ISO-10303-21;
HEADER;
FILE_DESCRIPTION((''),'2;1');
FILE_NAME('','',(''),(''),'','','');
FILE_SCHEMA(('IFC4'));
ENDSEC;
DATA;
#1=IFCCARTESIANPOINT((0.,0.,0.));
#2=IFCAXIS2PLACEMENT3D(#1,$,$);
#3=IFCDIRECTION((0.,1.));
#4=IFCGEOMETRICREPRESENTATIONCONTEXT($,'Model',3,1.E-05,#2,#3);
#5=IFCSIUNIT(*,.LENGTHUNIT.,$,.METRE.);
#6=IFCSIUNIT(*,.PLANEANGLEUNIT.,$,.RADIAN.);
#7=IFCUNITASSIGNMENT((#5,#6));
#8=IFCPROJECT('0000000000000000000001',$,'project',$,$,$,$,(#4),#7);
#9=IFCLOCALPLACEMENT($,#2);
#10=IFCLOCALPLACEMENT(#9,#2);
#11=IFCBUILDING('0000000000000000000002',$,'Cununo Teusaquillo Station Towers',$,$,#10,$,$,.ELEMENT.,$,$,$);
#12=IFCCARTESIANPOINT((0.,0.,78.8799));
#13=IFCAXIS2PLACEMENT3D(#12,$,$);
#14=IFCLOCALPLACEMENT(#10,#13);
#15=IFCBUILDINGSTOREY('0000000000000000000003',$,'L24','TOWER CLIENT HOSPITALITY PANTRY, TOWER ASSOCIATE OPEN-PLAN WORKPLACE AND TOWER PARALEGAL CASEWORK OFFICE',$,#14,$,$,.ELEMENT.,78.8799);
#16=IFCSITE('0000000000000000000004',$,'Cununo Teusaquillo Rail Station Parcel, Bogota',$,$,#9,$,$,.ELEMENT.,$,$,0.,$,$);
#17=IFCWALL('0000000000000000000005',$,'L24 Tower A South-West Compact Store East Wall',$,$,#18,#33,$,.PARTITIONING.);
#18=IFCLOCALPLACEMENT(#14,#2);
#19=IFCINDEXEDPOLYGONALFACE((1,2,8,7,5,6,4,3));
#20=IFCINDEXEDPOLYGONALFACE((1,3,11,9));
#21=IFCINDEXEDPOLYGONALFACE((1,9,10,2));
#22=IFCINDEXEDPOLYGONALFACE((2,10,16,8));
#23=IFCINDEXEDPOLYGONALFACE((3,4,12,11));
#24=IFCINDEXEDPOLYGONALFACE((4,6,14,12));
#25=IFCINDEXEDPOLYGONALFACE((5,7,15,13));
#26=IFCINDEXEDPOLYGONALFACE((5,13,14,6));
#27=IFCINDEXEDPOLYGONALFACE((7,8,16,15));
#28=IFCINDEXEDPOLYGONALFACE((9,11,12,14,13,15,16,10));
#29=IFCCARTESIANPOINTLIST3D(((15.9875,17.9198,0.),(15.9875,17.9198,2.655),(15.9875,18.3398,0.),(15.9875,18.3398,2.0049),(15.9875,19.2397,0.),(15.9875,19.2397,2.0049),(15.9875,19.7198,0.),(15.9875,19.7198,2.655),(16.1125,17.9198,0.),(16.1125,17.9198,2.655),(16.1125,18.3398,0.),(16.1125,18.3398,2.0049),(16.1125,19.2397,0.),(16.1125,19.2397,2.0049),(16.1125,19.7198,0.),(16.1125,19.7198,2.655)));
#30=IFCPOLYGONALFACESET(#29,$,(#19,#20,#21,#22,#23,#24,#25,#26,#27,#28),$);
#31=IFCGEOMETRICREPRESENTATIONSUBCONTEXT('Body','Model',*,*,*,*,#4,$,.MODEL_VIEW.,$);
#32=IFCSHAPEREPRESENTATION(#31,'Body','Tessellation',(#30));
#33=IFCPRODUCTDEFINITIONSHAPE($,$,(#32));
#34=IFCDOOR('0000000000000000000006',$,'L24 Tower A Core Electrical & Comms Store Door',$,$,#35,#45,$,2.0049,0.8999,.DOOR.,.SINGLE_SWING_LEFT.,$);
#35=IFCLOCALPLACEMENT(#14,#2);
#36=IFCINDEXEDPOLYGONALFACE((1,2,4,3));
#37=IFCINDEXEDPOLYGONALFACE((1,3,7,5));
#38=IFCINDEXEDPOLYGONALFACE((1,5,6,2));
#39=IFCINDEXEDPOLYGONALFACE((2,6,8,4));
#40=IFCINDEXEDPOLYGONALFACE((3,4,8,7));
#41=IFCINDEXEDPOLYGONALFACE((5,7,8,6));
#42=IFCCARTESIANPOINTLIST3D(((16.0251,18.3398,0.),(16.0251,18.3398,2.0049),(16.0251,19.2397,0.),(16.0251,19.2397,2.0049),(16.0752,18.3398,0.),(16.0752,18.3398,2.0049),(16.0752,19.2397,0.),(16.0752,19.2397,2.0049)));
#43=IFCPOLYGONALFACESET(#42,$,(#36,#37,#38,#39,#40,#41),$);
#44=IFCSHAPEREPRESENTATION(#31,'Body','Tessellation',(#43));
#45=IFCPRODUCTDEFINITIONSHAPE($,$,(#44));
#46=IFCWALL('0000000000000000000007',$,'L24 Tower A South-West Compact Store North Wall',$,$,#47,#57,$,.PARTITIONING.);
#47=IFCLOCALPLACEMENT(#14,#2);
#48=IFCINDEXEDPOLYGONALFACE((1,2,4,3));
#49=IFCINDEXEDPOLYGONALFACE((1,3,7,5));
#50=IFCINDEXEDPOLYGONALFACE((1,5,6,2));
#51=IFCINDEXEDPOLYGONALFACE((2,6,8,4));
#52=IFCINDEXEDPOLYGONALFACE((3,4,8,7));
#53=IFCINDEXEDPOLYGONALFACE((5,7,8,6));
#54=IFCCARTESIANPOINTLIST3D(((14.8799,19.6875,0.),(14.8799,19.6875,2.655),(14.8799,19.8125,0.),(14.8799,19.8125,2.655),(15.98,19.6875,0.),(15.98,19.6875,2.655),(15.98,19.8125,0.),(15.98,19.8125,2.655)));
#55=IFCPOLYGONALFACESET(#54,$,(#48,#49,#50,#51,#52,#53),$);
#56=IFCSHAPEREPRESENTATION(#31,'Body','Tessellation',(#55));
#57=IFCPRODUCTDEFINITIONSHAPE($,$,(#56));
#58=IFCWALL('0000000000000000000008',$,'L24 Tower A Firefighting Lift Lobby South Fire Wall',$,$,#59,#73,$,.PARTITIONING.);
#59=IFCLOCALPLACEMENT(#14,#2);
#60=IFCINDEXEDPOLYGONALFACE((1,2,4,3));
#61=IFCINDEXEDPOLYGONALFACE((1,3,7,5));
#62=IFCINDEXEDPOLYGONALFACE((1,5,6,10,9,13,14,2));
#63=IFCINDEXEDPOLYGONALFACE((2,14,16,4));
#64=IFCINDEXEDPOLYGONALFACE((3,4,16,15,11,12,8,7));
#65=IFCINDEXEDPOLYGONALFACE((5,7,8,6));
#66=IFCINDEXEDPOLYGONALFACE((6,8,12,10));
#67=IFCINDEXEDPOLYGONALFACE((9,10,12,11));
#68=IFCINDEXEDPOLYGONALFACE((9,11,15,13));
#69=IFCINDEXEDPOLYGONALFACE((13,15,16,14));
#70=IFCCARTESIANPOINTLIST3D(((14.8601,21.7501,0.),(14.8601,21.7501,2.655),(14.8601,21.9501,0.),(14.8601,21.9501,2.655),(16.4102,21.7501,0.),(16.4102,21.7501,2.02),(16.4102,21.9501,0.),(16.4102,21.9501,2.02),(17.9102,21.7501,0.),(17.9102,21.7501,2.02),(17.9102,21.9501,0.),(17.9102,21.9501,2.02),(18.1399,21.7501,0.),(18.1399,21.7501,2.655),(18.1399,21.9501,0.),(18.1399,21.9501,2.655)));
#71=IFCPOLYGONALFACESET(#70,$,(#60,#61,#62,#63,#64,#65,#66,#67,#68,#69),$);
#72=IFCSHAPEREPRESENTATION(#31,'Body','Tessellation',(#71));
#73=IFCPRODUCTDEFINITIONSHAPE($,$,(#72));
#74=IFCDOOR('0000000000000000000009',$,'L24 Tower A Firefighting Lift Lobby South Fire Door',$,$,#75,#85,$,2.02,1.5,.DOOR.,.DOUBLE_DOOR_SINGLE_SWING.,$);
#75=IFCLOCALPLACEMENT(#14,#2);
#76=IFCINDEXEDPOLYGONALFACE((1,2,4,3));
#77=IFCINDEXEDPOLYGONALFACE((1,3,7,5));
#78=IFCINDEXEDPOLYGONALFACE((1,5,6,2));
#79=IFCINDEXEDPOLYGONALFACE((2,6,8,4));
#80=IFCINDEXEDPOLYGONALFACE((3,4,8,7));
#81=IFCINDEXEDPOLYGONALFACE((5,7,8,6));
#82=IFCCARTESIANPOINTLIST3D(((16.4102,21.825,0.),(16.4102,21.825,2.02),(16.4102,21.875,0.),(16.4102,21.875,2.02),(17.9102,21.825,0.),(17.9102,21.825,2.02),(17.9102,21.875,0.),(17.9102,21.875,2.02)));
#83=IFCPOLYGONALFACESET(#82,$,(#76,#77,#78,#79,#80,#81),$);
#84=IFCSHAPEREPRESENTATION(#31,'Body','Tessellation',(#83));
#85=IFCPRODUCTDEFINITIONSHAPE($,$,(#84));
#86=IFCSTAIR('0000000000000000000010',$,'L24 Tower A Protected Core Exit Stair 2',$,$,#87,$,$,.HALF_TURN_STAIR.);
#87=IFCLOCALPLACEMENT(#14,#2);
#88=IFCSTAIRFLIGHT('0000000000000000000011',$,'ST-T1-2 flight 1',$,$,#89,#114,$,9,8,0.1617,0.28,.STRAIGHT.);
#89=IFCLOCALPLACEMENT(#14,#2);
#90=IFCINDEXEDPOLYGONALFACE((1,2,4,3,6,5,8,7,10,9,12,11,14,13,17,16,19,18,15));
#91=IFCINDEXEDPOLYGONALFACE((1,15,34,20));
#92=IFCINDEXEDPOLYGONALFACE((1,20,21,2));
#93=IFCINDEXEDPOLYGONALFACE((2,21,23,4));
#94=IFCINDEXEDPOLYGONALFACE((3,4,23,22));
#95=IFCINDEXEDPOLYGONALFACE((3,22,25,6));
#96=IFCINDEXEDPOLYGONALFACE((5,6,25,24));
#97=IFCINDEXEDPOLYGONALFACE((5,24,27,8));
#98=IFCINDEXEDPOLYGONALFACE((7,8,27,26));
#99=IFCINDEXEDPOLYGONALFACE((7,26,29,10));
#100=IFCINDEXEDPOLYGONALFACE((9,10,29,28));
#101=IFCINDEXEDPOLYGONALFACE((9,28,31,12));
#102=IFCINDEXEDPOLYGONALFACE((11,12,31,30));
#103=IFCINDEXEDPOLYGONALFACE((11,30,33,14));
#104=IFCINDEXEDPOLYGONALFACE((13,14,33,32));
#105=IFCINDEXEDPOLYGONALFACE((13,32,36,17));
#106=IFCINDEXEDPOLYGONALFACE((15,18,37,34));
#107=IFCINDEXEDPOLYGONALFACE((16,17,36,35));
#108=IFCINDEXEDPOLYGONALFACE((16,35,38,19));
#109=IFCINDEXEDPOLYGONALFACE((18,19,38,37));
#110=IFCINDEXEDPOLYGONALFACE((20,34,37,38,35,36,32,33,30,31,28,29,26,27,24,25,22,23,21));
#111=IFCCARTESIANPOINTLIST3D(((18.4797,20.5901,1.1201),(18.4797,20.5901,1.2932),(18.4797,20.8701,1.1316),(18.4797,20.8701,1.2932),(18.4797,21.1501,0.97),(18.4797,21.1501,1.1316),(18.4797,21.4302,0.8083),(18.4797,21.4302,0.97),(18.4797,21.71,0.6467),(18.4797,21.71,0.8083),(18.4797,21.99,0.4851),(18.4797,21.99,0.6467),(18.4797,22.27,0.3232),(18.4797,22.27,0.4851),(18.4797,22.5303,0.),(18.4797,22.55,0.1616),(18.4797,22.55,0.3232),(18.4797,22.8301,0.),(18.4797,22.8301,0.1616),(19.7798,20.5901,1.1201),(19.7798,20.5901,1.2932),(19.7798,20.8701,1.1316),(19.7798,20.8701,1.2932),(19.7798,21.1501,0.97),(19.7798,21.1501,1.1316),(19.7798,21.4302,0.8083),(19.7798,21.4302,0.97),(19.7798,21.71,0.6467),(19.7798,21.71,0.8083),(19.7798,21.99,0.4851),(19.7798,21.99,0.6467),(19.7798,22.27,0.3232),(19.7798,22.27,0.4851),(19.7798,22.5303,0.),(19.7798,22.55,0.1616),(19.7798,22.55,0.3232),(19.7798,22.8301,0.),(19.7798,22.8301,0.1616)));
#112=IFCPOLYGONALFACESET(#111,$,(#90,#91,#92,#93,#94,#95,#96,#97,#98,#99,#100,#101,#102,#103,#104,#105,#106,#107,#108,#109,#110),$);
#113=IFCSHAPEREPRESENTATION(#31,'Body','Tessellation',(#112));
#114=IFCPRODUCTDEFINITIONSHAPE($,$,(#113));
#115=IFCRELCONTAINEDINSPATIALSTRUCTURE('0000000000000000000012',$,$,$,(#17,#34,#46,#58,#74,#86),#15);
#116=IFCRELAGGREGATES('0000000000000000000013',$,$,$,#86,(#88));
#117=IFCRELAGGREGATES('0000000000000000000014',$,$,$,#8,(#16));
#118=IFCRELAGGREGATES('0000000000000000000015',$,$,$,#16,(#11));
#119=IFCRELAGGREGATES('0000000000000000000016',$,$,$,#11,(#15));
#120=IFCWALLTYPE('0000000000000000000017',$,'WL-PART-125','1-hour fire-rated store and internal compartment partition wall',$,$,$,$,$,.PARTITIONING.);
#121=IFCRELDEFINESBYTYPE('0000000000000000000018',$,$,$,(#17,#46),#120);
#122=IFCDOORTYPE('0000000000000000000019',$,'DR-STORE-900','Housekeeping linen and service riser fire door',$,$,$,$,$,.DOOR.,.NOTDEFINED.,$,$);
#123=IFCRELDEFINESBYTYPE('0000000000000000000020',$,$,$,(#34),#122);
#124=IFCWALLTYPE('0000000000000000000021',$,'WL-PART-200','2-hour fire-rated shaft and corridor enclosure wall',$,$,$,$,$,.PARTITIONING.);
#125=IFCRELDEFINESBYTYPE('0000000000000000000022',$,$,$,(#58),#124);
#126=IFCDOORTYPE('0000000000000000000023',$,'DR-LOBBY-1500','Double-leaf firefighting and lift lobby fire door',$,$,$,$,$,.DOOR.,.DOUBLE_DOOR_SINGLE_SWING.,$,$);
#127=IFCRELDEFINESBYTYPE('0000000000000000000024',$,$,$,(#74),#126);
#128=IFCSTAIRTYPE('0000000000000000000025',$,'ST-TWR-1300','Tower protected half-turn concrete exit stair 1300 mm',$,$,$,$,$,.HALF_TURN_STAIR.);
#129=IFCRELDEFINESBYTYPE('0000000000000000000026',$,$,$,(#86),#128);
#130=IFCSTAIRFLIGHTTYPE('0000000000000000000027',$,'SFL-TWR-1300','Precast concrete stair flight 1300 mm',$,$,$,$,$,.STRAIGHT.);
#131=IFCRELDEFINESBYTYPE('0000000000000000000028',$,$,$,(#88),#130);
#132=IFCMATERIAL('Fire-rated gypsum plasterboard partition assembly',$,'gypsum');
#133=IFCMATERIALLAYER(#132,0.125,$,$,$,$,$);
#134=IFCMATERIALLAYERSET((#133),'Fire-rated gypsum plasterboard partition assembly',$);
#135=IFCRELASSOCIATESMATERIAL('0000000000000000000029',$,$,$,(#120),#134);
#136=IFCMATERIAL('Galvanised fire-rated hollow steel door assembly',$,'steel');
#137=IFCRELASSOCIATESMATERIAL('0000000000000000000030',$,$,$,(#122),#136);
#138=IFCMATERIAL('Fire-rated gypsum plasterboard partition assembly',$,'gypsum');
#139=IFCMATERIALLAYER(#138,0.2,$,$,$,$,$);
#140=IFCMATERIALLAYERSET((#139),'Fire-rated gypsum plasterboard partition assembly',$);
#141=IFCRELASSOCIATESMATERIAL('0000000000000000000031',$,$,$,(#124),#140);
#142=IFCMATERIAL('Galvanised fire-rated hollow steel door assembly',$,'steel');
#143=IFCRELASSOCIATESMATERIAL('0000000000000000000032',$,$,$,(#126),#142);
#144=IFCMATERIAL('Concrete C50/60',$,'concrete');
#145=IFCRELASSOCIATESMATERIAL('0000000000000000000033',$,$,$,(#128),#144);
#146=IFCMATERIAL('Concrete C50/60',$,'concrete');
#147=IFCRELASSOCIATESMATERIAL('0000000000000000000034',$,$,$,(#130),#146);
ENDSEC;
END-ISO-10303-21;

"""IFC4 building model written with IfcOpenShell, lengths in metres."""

from ifc_helpers import new_model, si_unit, direction, frame, frame_2d, origin, place, context, subcontext, project, spatial, polyline, rectangle, outline, extrude, source, transform, mapped, material, layer, layer_set, type_object, element, fill, aggregate, save


model = new_model("IFC4")

# Units and contexts
model_context = context("Model", 3, precision=1e-05, world=origin(), true_north=direction((0.0, 1.0)))
body_context = subcontext(model_context, "Body", "Model", "MODEL_VIEW")
ifc_project = project(units=[si_unit("LENGTHUNIT", "METRE"), si_unit("PLANEANGLEUNIT", "RADIAN")], contexts=[model_context])

# Site, building, storey
site_placement = place(None, origin())
site = spatial("IfcSite", under=ifc_project, at=site_placement, Name="Cununo Teusaquillo Rail Station Parcel, Bogota", CompositionType="ELEMENT", RefElevation=0.0)
building_placement = place(site_placement, origin())
building = spatial("IfcBuilding", under=site, at=building_placement, Name="Cununo Teusaquillo Station Towers", CompositionType="ELEMENT")
storey_placement = place(building_placement, frame((0.0, 0.0, 78.8799)))
storey = spatial("IfcBuildingStorey", under=building, at=storey_placement, Name="L24", Description="TOWER CLIENT HOSPITALITY PANTRY, TOWER ASSOCIATE OPEN-PLAN WORKPLACE AND TOWER PARALEGAL CASEWORK OFFICE", CompositionType="ELEMENT", Elevation=78.8799)

# Wall, opening, door
ifc_material_1 = material(Name="Fire-rated gypsum plasterboard partition assembly", Category="gypsum")
ifc_layer_1 = layer(ifc_material_1, 0.125)
ifc_layer_set_1 = layer_set([ifc_layer_1], Name="Fire-rated gypsum plasterboard partition assembly")
wall_type_1 = type_object("IfcWallType", Name="WL-PART-125", Description="1-hour fire-rated store and internal compartment partition wall", PredefinedType="PARTITIONING", material=ifc_layer_set_1)
wall_1_placement = place(storey_placement, frame((16.05, 17.9199, 0.0), z_axis=(0.0, 0.0, 1.0), x_axis=(0.0, 1.0, 0.0)))
wall_1 = element("IfcWall", 1, at=wall_1_placement, inside=storey, type_object=wall_type_1, Name="L24 Tower A South-West Compact Store East Wall", PredefinedType="PARTITIONING", context=body_context, shape_type="SweptSolid", body=[
    extrude(rectangle(XDim=1.8, YDim=0.125, at=frame_2d((0.8999, 0.0))), origin(), (0.0, 0.0, 1.0), 2.655),
])
shared_shape_1 = source(origin(), body_context, "Body", "SweptSolid", [
    extrude(rectangle(XDim=0.8999, YDim=2.0049, at=frame_2d((0.45, 1.0024))), frame((0.0, 0.0725, 0.0), z_axis=(0.0, -1.0, 0.0), x_axis=(1.0, 0.0, 0.0)), (0.0, 0.0, 1.0), 0.145),
])
opening_1_placement = place(wall_1_placement, frame((0.4199, 0.0, 0.0)))
opening_1 = element("IfcOpeningElement", 2, at=opening_1_placement, cuts=wall_1, PredefinedType="OPENING", context=body_context, shape_type="MappedRepresentation", body=[
    mapped(shared_shape_1, transform((0.0, 0.0, 0.0), x_axis=(1.0, 0.0, 0.0), y_axis=(0.0, 1.0, 0.0), z_axis=(0.0, 0.0, 1.0), scale=1.0)),
])
ifc_material_2 = material(Name="Galvanised fire-rated hollow steel door assembly", Category="steel")
door_type_1 = type_object("IfcDoorType", Name="DR-STORE-900", Description="Housekeeping linen and service riser fire door", OperationType="NOTDEFINED", PredefinedType="DOOR", material=ifc_material_2)
shared_shape_2 = source(origin(), body_context, "Body", "SweptSolid", [
    extrude(rectangle(XDim=0.8999, YDim=2.0049, at=frame_2d((0.45, 1.0024))), frame((0.0, 0.0249, 0.0), z_axis=(0.0, -1.0, 0.0), x_axis=(1.0, 0.0, 0.0)), (0.0, 0.0, 1.0), 0.05),
])
door_1_placement = place(opening_1_placement, origin())
door_1 = element("IfcDoor", 3, at=door_1_placement, inside=storey, type_object=door_type_1, Name="L24 Tower A Core Electrical & Comms Store Door", OperationType="SINGLE_SWING_LEFT", OverallHeight=2.0049, OverallWidth=0.8999, PredefinedType="DOOR", context=body_context, shape_type="MappedRepresentation", body=[
    mapped(shared_shape_2, transform((0.0, 0.0, 0.0), x_axis=(1.0, 0.0, 0.0), y_axis=(0.0, 1.0, 0.0), z_axis=(0.0, 0.0, 1.0), scale=1.0)),
])
fill(opening_1, door_1)

# Wall
wall_2_placement = place(storey_placement, frame((14.8799, 19.75, 0.0), z_axis=(0.0, 0.0, 1.0), x_axis=(1.0, 0.0, 0.0)))
element("IfcWall", 4, at=wall_2_placement, inside=storey, type_object=wall_type_1, Name="L24 Tower A South-West Compact Store North Wall", PredefinedType="PARTITIONING", context=body_context, shape_type="SweptSolid", body=[
    extrude(rectangle(XDim=1.1001, YDim=0.125, at=frame_2d((0.55, 0.0))), origin(), (0.0, 0.0, 1.0), 2.655),
])

# Wall, opening, door
ifc_material_3 = material(Name="Fire-rated gypsum plasterboard partition assembly", Category="gypsum")
ifc_layer_2 = layer(ifc_material_3, 0.2)
ifc_layer_set_2 = layer_set([ifc_layer_2], Name="Fire-rated gypsum plasterboard partition assembly")
wall_type_2 = type_object("IfcWallType", Name="WL-PART-200", Description="2-hour fire-rated shaft and corridor enclosure wall", PredefinedType="PARTITIONING", material=ifc_layer_set_2)
wall_3_placement = place(storey_placement, frame((14.8601, 21.8501, 0.0), z_axis=(0.0, 0.0, 1.0), x_axis=(1.0, 0.0, 0.0)))
wall_3 = element("IfcWall", 5, at=wall_3_placement, inside=storey, type_object=wall_type_2, Name="L24 Tower A Firefighting Lift Lobby South Fire Wall", PredefinedType="PARTITIONING", context=body_context, shape_type="SweptSolid", body=[
    extrude(rectangle(XDim=3.2798, YDim=0.2, at=frame_2d((1.6399, 0.0))), origin(), (0.0, 0.0, 1.0), 2.655),
])
shared_shape_3 = source(origin(), body_context, "Body", "SweptSolid", [
    extrude(rectangle(XDim=1.5, YDim=2.02, at=frame_2d((0.75, 1.01))), frame((0.0, 0.1099, 0.0), z_axis=(0.0, -1.0, 0.0), x_axis=(1.0, 0.0, 0.0)), (0.0, 0.0, 1.0), 0.22),
])
opening_2_placement = place(wall_3_placement, frame((1.55, 0.0, 0.0)))
opening_2 = element("IfcOpeningElement", 6, at=opening_2_placement, cuts=wall_3, PredefinedType="OPENING", context=body_context, shape_type="MappedRepresentation", body=[
    mapped(shared_shape_3, transform((0.0, 0.0, 0.0), x_axis=(1.0, 0.0, 0.0), y_axis=(0.0, 1.0, 0.0), z_axis=(0.0, 0.0, 1.0), scale=1.0)),
])
ifc_material_4 = material(Name="Galvanised fire-rated hollow steel door assembly", Category="steel")
door_type_2 = type_object("IfcDoorType", Name="DR-LOBBY-1500", Description="Double-leaf firefighting and lift lobby fire door", OperationType="DOUBLE_DOOR_SINGLE_SWING", PredefinedType="DOOR", material=ifc_material_4)
shared_shape_4 = source(origin(), body_context, "Body", "SweptSolid", [
    extrude(rectangle(XDim=1.5, YDim=2.02, at=frame_2d((0.75, 1.01))), frame((0.0, 0.0249, 0.0), z_axis=(0.0, -1.0, 0.0), x_axis=(1.0, 0.0, 0.0)), (0.0, 0.0, 1.0), 0.05),
])
door_2_placement = place(opening_2_placement, origin())
door_2 = element("IfcDoor", 7, at=door_2_placement, inside=storey, type_object=door_type_2, Name="L24 Tower A Firefighting Lift Lobby South Fire Door", OperationType="DOUBLE_DOOR_SINGLE_SWING", OverallHeight=2.02, OverallWidth=1.5, PredefinedType="DOOR", context=body_context, shape_type="MappedRepresentation", body=[
    mapped(shared_shape_4, transform((0.0, 0.0, 0.0), x_axis=(1.0, 0.0, 0.0), y_axis=(0.0, 1.0, 0.0), z_axis=(0.0, 0.0, 1.0), scale=1.0)),
])
fill(opening_2, door_2)

# Stair, stair flight
ifc_material_5 = material(Name="Concrete C50/60", Category="concrete")
stair_type = type_object("IfcStairType", Name="ST-TWR-1300", Description="Tower protected half-turn concrete exit stair 1300 mm", PredefinedType="HALF_TURN_STAIR", material=ifc_material_5)
stair_placement = place(storey_placement, origin())
stair = element("IfcStair", 8, at=stair_placement, inside=storey, type_object=stair_type, Name="L24 Tower A Protected Core Exit Stair 2", PredefinedType="HALF_TURN_STAIR")
ifc_material_6 = material(Name="Concrete C50/60", Category="concrete")
stair_flight_type = type_object("IfcStairFlightType", Name="SFL-TWR-1300", Description="Precast concrete stair flight 1300 mm", PredefinedType="STRAIGHT", material=ifc_material_6)
stair_flight_placement = place(storey_placement, frame((19.1299, 22.8301, 0.0), z_axis=(0.0, 0.0, 1.0), x_axis=(0.0, -1.0, 0.0)))
stair_flight = element("IfcStairFlight", 9, at=stair_flight_placement, type_object=stair_flight_type, Name="ST-T1-2 flight 1", NumberOfRisers=9, NumberOfTreads=8, PredefinedType="STRAIGHT", RiserHeight=0.1617, TreadLength=0.28, context=body_context, shape_type="SweptSolid", body=[
    extrude(outline(polyline([(0.0, 0.0), (0.0, 0.1616), (0.28, 0.1616), (0.28, 0.3232), (0.5601, 0.3232), (0.5601, 0.4851), (0.8401, 0.4851), (0.8401, 0.6467), (1.1201, 0.6467), (1.1201, 0.8083), (1.3999, 0.8083), (1.3999, 0.97), (1.6799, 0.97), (1.6799, 1.1316), (1.96, 1.1316), (1.96, 1.2932), (2.24, 1.2932), (2.24, 1.4551), (2.24, 1.1201), (0.2998, 0.0), (0.0, 0.0)])), frame((0.0, 0.6499, 0.0), z_axis=(0.0, -1.0, 0.0), x_axis=(1.0, 0.0, 0.0)), (0.0, 0.0, 1.0), 1.3),
])
aggregate(stair, [stair_flight])

save(model, "model.ifc")
